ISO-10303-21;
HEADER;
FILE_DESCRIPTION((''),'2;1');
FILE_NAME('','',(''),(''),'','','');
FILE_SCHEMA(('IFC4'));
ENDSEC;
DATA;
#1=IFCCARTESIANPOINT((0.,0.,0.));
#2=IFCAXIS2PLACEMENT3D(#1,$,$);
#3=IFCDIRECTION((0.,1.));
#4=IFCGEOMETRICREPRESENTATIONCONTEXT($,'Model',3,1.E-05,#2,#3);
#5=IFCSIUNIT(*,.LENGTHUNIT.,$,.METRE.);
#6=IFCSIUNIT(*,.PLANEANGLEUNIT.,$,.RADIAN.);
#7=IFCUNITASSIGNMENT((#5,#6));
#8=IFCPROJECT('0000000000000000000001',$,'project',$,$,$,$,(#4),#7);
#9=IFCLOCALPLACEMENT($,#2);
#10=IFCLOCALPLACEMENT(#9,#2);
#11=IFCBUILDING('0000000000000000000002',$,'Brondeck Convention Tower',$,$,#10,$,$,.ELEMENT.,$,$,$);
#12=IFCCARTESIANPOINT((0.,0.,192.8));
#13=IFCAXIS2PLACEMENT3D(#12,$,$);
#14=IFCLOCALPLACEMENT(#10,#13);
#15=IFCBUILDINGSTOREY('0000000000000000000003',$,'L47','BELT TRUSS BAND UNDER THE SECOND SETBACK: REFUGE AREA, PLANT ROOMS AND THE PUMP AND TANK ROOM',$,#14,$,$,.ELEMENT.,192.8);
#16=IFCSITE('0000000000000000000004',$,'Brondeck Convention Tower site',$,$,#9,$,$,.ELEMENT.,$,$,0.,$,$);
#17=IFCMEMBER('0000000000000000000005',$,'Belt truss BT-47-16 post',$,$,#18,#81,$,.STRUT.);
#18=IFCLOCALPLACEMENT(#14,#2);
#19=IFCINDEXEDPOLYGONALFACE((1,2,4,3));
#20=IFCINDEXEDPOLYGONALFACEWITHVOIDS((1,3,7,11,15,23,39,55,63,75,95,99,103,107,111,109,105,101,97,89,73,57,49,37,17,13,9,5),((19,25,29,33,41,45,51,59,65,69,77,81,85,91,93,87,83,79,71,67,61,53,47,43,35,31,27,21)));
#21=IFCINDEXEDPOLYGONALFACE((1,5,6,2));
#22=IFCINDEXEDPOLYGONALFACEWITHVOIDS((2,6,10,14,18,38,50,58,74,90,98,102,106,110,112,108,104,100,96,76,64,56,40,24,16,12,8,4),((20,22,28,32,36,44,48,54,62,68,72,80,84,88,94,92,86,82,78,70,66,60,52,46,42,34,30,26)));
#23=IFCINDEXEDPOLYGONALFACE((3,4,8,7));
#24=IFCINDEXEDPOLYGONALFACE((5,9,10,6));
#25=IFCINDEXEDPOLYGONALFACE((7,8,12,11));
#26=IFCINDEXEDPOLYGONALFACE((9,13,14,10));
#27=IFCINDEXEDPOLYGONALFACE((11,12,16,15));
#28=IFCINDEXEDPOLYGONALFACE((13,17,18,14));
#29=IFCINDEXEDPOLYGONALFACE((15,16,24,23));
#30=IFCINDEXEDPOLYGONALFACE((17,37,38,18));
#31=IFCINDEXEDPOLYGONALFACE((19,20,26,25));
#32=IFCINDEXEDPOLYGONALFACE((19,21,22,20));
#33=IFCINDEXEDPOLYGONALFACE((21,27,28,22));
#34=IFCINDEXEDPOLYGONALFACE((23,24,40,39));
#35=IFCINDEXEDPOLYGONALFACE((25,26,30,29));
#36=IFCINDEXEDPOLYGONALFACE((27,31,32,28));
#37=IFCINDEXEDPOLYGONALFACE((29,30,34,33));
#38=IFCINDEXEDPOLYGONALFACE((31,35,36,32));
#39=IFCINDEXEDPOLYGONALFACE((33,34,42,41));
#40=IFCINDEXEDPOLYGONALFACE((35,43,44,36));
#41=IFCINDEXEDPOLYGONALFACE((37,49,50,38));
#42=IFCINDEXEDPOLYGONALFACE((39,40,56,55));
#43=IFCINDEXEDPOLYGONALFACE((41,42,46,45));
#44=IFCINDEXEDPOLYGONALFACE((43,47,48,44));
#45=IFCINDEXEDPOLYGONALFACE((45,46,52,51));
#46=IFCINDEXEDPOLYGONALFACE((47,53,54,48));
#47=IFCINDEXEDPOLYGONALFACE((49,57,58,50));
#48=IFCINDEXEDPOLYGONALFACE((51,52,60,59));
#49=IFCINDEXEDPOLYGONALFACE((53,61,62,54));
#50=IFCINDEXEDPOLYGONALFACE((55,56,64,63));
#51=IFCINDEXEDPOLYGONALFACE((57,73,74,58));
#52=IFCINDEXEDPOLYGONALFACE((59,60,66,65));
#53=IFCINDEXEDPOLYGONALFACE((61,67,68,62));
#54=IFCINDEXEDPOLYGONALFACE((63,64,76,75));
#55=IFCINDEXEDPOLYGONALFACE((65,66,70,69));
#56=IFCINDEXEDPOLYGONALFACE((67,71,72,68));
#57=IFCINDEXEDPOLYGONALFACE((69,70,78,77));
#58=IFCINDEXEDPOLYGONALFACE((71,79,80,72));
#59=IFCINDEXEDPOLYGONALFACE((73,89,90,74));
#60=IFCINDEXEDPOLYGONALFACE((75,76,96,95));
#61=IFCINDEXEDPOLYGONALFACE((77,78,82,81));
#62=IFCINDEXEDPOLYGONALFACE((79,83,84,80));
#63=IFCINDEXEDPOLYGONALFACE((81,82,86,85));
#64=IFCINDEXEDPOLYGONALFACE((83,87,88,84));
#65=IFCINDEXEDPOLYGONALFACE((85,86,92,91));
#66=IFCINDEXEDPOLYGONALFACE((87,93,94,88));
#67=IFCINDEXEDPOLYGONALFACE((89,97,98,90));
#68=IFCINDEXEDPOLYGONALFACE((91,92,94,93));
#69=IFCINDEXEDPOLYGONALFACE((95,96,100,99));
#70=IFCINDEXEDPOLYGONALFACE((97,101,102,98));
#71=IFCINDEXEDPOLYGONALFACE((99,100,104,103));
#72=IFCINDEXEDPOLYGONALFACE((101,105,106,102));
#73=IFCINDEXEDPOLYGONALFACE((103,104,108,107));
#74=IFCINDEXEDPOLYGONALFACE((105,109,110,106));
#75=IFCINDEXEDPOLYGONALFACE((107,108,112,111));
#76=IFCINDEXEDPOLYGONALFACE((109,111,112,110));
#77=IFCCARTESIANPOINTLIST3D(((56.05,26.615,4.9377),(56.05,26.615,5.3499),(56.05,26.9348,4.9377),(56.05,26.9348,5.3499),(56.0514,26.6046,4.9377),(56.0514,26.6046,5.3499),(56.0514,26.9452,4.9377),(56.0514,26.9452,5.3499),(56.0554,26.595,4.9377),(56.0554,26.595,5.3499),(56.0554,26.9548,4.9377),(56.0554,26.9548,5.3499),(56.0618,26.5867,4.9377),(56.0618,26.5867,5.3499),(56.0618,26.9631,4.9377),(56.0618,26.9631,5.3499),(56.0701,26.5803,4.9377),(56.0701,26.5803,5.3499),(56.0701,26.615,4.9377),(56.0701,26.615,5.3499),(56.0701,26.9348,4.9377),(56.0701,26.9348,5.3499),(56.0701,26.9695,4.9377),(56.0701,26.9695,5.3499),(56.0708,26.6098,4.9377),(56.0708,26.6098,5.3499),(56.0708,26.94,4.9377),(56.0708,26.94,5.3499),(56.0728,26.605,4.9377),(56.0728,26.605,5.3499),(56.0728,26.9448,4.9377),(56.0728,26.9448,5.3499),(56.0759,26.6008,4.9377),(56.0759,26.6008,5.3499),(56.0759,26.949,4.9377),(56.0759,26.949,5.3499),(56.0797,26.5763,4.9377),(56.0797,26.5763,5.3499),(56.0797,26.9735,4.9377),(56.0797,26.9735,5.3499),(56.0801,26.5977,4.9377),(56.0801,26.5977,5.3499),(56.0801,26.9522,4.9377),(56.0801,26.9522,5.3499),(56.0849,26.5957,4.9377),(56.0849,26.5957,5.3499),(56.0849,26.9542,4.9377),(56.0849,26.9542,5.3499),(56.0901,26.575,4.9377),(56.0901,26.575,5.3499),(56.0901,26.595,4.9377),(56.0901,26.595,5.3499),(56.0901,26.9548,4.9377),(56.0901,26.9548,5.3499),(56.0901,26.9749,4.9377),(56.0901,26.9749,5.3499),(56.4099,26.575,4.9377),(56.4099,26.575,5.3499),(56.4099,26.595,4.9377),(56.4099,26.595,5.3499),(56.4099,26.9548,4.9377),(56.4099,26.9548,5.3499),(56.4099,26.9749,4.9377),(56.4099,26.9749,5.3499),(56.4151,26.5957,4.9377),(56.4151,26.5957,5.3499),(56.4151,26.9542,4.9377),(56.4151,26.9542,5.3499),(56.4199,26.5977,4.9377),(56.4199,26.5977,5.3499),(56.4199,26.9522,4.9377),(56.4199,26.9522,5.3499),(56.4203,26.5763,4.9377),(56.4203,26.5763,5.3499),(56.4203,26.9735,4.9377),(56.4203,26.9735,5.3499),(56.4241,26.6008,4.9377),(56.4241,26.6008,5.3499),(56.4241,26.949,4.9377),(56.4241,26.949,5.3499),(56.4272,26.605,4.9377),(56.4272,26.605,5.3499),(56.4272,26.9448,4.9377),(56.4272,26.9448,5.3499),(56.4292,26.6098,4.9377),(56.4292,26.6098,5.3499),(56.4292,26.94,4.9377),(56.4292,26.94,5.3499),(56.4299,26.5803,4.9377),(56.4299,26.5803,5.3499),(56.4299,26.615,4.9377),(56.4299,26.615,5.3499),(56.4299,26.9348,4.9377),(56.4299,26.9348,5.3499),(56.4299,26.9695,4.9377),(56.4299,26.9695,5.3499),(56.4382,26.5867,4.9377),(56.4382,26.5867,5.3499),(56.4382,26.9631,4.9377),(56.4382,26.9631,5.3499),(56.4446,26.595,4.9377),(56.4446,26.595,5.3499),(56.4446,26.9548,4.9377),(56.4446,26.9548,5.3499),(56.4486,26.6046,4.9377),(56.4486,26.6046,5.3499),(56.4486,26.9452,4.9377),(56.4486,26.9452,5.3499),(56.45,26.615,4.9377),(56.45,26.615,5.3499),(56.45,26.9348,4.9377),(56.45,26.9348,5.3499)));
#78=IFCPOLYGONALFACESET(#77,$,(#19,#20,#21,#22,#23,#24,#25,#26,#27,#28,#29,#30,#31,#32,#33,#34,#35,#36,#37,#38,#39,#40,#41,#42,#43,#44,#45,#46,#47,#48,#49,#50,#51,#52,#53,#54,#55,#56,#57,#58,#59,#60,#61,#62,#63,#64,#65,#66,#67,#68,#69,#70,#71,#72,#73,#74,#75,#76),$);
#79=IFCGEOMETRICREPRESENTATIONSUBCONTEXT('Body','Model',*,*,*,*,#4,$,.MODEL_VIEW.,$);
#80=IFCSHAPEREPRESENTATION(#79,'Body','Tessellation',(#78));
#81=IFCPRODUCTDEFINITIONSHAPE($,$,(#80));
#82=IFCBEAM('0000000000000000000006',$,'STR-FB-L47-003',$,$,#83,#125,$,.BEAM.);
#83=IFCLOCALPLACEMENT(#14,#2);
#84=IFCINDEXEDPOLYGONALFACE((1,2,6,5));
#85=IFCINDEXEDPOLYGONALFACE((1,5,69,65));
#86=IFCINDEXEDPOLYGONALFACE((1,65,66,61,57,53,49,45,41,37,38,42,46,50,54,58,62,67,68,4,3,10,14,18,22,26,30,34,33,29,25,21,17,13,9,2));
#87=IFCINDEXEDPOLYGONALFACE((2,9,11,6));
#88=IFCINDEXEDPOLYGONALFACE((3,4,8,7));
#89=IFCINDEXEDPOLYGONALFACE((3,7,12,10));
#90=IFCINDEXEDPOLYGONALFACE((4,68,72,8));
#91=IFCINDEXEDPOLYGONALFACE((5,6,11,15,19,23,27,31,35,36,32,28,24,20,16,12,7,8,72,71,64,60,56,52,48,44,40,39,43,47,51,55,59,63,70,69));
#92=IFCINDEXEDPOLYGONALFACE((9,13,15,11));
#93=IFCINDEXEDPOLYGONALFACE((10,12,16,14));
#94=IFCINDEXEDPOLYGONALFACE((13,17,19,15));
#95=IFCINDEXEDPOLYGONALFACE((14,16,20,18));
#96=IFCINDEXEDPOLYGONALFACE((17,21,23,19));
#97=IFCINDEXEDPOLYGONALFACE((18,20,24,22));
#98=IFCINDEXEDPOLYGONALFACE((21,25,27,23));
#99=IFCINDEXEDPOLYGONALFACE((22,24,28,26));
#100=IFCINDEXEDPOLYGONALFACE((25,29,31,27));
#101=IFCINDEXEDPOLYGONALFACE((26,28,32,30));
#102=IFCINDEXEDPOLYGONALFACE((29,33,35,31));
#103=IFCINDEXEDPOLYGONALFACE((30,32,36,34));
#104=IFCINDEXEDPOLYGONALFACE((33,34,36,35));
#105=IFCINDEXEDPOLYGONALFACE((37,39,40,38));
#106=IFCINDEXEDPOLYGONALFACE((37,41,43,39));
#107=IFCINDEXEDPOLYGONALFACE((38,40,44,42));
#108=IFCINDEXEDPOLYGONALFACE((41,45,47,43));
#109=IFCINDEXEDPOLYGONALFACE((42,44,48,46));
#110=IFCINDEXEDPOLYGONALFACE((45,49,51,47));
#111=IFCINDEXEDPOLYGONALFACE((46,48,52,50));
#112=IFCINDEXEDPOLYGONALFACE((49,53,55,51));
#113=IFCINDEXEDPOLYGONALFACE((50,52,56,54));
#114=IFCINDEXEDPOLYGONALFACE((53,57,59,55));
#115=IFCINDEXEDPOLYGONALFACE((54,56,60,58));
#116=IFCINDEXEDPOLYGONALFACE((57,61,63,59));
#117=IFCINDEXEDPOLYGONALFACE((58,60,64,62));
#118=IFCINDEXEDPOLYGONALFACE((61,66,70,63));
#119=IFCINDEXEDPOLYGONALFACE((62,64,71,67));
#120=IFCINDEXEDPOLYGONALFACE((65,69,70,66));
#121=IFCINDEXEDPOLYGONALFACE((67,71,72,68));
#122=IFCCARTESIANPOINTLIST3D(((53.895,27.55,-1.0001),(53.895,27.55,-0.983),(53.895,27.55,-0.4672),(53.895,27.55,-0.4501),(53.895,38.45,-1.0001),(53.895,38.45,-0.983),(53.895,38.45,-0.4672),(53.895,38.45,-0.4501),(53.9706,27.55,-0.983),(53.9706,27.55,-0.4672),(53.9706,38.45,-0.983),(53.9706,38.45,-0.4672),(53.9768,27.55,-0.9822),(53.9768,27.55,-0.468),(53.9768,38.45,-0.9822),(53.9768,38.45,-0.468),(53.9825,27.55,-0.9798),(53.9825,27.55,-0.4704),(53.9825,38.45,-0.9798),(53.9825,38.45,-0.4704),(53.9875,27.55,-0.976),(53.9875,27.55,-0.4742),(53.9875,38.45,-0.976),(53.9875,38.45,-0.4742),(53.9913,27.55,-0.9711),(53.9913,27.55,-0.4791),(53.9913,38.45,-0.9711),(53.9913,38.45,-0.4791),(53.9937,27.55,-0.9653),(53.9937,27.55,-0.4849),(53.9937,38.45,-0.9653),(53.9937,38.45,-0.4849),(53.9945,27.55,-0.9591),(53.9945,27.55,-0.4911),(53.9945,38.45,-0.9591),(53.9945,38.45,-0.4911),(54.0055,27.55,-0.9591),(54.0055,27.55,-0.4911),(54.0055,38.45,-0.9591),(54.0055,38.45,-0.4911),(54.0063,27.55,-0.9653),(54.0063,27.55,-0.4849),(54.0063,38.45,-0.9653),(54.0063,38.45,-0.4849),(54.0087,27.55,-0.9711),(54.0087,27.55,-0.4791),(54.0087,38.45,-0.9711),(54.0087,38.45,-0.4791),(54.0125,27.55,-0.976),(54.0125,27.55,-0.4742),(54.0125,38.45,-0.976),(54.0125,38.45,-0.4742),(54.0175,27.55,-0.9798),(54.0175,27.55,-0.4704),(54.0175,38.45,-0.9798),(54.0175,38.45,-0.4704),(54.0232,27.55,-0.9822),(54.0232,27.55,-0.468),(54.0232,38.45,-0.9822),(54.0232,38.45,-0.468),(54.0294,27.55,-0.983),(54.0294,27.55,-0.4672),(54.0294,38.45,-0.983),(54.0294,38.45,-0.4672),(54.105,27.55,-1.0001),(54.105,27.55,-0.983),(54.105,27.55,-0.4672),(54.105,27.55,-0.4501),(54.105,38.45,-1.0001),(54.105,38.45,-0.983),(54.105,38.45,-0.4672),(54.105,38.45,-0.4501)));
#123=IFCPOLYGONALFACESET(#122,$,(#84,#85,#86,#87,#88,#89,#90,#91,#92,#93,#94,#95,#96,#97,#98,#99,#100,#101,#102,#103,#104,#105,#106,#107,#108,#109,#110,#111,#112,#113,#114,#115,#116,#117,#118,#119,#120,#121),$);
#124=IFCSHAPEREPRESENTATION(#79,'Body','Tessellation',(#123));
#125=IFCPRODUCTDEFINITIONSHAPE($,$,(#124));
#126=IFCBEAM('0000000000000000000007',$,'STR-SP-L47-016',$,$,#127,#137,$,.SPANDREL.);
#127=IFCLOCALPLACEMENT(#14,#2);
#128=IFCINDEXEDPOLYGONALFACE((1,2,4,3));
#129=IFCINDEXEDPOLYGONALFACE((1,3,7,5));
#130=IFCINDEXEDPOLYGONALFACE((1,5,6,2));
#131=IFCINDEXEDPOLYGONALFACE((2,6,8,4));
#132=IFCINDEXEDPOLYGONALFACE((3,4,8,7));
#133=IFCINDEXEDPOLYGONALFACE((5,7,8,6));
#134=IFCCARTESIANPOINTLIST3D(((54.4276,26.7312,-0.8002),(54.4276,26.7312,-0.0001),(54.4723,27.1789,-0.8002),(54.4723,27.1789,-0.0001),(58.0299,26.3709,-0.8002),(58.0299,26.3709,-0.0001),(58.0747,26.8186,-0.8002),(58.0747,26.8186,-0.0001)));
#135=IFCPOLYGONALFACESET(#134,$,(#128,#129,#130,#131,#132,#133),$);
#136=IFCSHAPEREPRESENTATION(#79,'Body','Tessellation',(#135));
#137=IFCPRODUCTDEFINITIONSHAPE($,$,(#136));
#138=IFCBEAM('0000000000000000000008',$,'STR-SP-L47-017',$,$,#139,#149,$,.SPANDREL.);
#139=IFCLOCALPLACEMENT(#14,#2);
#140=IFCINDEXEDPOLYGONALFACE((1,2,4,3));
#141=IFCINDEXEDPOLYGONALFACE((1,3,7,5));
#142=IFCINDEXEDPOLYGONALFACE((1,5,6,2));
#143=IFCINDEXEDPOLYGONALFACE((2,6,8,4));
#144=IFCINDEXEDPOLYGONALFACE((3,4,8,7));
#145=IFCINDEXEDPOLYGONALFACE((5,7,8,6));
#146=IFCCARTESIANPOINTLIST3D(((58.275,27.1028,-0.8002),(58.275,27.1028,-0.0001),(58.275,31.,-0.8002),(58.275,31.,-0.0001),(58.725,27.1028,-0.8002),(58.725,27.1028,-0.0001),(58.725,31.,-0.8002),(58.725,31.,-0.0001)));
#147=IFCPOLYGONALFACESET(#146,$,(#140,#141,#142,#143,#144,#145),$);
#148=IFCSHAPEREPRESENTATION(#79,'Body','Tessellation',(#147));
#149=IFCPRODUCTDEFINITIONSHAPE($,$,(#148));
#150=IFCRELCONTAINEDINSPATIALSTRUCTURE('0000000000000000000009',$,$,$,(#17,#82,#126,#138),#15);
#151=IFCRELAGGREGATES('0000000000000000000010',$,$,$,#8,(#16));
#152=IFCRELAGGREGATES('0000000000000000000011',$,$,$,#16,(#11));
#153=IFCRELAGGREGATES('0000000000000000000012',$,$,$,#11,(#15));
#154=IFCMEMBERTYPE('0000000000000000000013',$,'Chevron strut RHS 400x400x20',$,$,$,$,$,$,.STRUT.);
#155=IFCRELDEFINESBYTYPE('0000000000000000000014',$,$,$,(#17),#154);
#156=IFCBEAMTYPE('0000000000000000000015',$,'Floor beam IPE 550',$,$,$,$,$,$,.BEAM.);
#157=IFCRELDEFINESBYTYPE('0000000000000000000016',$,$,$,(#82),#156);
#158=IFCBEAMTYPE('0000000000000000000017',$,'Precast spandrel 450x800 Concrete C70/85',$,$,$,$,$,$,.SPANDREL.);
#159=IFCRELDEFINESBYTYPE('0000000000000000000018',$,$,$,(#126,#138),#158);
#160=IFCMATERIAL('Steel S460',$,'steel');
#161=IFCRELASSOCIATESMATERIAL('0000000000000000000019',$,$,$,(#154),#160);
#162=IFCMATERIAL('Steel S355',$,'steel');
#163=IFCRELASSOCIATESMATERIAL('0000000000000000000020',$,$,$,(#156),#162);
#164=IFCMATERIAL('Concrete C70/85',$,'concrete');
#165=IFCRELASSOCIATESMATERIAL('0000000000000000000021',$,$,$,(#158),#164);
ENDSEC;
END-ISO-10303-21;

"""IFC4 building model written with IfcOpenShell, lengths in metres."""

from ifc_helpers import new_model, si_unit, direction, frame, origin, origin_2d, place, context, subcontext, project, spatial, rectangle, hollow_rectangle, i_section, extrude, material, material_profile, profile_set, type_object, element, save


model = new_model("IFC4")

# Units and contexts
model_context = context("Model", 3, precision=1e-05, world=origin(), true_north=direction((0.0, 1.0)))
body_context = subcontext(model_context, "Body", "Model", "MODEL_VIEW")
ifc_project = project(units=[si_unit("LENGTHUNIT", "METRE"), si_unit("PLANEANGLEUNIT", "RADIAN")], contexts=[model_context])

# Site, building, storey
site_placement = place(None, origin())
site = spatial("IfcSite", under=ifc_project, at=site_placement, Name="Brondeck Convention Tower site", CompositionType="ELEMENT", RefElevation=0.0)
building_placement = place(site_placement, origin())
building = spatial("IfcBuilding", under=site, at=building_placement, Name="Brondeck Convention Tower", CompositionType="ELEMENT")
storey_placement = place(building_placement, frame((0.0, 0.0, 192.8)))
storey = spatial("IfcBuildingStorey", under=building, at=storey_placement, Name="L47", Description="BELT TRUSS BAND UNDER THE SECOND SETBACK: REFUGE AREA, PLANT ROOMS AND THE PUMP AND TANK ROOM", CompositionType="ELEMENT", Elevation=192.8)

# Shared definitions
ifc_material_1 = material(Name="Concrete C70/85", Category="concrete")

# Member
ifc_material_2 = material(Name="Steel S460", Category="steel")
ifc_material_profile_1 = material_profile(ifc_material_2, hollow_rectangle(XDim=0.3999, YDim=0.3999, WallThickness=0.02, InnerFilletRadius=0.02, OuterFilletRadius=0.04, at=origin_2d()), Name="RHS 400x400x20")
ifc_profile_set_1 = profile_set([ifc_material_profile_1], Name="Steel S460")
member_type_1 = type_object("IfcMemberType", Name="Chevron strut RHS 400x400x20", PredefinedType="STRUT", material=ifc_profile_set_1)
member_1_placement = place(storey_placement, frame((56.25, 26.7749, 4.9377), z_axis=(0.0, 0.0, 1.0), x_axis=(1.0, 0.0, 0.0)))
element("IfcMember", 1, at=member_1_placement, inside=storey, type_object=member_type_1, Name="Belt truss BT-47-16 post", PredefinedType="STRUT", context=body_context, shape_type="SweptSolid", body=[
    extrude(hollow_rectangle(XDim=0.3999, YDim=0.3999, WallThickness=0.02, InnerFilletRadius=0.02, OuterFilletRadius=0.04, at=origin_2d()), origin(), (0.0, 0.0, 1.0), 0.4121),
])

# Beams
ifc_material_3 = material(Name="Steel S355", Category="steel")
ifc_material_profile_2 = material_profile(ifc_material_3, i_section(OverallWidth=0.21, OverallDepth=0.55, WebThickness=0.011, FlangeThickness=0.0171, FilletRadius=0.0239, at=origin_2d()), Name="IPE 550")
ifc_profile_set_2 = profile_set([ifc_material_profile_2], Name="Steel S355")
beam_type_1 = type_object("IfcBeamType", Name="Floor beam IPE 550", PredefinedType="BEAM", material=ifc_profile_set_2)
beam_1_placement = place(storey_placement, frame((54.0, 27.55, -0.7251), z_axis=(0.0, 1.0, 0.0), x_axis=(-1.0, 0.0, 0.0)))
element("IfcBeam", 2, at=beam_1_placement, inside=storey, type_object=beam_type_1, Name="STR-FB-L47-003", PredefinedType="BEAM", context=body_context, shape_type="SweptSolid", body=[
    extrude(i_section(OverallWidth=0.21, OverallDepth=0.55, WebThickness=0.011, FlangeThickness=0.0171, FilletRadius=0.0239, at=origin_2d()), origin(), (0.0, 0.0, 1.0), 10.8999),
])
ifc_material_profile_3 = material_profile(ifc_material_1, rectangle(XDim=0.45, YDim=0.8, at=origin_2d()), Name="Precast spandrel 450x800 Concrete C70/85")
ifc_profile_set_3 = profile_set([ifc_material_profile_3], Name="Concrete C70/85")
beam_type_2 = type_object("IfcBeamType", Name="Precast spandrel 450x800 Concrete C70/85", PredefinedType="SPANDREL", material=ifc_profile_set_3)
beam_2_placement = place(storey_placement, frame((54.45, 26.9551, -0.4001), z_axis=(0.995034, -0.099537, 0.0), x_axis=(0.099537, 0.995034, 0.0)))
element("IfcBeam", 3, at=beam_2_placement, inside=storey, type_object=beam_type_2, Name="STR-SP-L47-016", PredefinedType="SPANDREL", context=body_context, shape_type="SweptSolid", body=[
    extrude(rectangle(XDim=0.45, YDim=0.8, at=origin_2d()), origin(), (0.0, 0.0, 1.0), 3.6204),
])
beam_3_placement = place(storey_placement, frame((58.5, 27.1028, -0.4001), z_axis=(0.0, 1.0, 0.0), x_axis=(-1.0, 0.0, 0.0)))
element("IfcBeam", 4, at=beam_3_placement, inside=storey, type_object=beam_type_2, Name="STR-SP-L47-017", PredefinedType="SPANDREL", context=body_context, shape_type="SweptSolid", body=[
    extrude(rectangle(XDim=0.45, YDim=0.8, at=origin_2d()), origin(), (0.0, 0.0, 1.0), 3.8972),
])

save(model, "model.ifc")
